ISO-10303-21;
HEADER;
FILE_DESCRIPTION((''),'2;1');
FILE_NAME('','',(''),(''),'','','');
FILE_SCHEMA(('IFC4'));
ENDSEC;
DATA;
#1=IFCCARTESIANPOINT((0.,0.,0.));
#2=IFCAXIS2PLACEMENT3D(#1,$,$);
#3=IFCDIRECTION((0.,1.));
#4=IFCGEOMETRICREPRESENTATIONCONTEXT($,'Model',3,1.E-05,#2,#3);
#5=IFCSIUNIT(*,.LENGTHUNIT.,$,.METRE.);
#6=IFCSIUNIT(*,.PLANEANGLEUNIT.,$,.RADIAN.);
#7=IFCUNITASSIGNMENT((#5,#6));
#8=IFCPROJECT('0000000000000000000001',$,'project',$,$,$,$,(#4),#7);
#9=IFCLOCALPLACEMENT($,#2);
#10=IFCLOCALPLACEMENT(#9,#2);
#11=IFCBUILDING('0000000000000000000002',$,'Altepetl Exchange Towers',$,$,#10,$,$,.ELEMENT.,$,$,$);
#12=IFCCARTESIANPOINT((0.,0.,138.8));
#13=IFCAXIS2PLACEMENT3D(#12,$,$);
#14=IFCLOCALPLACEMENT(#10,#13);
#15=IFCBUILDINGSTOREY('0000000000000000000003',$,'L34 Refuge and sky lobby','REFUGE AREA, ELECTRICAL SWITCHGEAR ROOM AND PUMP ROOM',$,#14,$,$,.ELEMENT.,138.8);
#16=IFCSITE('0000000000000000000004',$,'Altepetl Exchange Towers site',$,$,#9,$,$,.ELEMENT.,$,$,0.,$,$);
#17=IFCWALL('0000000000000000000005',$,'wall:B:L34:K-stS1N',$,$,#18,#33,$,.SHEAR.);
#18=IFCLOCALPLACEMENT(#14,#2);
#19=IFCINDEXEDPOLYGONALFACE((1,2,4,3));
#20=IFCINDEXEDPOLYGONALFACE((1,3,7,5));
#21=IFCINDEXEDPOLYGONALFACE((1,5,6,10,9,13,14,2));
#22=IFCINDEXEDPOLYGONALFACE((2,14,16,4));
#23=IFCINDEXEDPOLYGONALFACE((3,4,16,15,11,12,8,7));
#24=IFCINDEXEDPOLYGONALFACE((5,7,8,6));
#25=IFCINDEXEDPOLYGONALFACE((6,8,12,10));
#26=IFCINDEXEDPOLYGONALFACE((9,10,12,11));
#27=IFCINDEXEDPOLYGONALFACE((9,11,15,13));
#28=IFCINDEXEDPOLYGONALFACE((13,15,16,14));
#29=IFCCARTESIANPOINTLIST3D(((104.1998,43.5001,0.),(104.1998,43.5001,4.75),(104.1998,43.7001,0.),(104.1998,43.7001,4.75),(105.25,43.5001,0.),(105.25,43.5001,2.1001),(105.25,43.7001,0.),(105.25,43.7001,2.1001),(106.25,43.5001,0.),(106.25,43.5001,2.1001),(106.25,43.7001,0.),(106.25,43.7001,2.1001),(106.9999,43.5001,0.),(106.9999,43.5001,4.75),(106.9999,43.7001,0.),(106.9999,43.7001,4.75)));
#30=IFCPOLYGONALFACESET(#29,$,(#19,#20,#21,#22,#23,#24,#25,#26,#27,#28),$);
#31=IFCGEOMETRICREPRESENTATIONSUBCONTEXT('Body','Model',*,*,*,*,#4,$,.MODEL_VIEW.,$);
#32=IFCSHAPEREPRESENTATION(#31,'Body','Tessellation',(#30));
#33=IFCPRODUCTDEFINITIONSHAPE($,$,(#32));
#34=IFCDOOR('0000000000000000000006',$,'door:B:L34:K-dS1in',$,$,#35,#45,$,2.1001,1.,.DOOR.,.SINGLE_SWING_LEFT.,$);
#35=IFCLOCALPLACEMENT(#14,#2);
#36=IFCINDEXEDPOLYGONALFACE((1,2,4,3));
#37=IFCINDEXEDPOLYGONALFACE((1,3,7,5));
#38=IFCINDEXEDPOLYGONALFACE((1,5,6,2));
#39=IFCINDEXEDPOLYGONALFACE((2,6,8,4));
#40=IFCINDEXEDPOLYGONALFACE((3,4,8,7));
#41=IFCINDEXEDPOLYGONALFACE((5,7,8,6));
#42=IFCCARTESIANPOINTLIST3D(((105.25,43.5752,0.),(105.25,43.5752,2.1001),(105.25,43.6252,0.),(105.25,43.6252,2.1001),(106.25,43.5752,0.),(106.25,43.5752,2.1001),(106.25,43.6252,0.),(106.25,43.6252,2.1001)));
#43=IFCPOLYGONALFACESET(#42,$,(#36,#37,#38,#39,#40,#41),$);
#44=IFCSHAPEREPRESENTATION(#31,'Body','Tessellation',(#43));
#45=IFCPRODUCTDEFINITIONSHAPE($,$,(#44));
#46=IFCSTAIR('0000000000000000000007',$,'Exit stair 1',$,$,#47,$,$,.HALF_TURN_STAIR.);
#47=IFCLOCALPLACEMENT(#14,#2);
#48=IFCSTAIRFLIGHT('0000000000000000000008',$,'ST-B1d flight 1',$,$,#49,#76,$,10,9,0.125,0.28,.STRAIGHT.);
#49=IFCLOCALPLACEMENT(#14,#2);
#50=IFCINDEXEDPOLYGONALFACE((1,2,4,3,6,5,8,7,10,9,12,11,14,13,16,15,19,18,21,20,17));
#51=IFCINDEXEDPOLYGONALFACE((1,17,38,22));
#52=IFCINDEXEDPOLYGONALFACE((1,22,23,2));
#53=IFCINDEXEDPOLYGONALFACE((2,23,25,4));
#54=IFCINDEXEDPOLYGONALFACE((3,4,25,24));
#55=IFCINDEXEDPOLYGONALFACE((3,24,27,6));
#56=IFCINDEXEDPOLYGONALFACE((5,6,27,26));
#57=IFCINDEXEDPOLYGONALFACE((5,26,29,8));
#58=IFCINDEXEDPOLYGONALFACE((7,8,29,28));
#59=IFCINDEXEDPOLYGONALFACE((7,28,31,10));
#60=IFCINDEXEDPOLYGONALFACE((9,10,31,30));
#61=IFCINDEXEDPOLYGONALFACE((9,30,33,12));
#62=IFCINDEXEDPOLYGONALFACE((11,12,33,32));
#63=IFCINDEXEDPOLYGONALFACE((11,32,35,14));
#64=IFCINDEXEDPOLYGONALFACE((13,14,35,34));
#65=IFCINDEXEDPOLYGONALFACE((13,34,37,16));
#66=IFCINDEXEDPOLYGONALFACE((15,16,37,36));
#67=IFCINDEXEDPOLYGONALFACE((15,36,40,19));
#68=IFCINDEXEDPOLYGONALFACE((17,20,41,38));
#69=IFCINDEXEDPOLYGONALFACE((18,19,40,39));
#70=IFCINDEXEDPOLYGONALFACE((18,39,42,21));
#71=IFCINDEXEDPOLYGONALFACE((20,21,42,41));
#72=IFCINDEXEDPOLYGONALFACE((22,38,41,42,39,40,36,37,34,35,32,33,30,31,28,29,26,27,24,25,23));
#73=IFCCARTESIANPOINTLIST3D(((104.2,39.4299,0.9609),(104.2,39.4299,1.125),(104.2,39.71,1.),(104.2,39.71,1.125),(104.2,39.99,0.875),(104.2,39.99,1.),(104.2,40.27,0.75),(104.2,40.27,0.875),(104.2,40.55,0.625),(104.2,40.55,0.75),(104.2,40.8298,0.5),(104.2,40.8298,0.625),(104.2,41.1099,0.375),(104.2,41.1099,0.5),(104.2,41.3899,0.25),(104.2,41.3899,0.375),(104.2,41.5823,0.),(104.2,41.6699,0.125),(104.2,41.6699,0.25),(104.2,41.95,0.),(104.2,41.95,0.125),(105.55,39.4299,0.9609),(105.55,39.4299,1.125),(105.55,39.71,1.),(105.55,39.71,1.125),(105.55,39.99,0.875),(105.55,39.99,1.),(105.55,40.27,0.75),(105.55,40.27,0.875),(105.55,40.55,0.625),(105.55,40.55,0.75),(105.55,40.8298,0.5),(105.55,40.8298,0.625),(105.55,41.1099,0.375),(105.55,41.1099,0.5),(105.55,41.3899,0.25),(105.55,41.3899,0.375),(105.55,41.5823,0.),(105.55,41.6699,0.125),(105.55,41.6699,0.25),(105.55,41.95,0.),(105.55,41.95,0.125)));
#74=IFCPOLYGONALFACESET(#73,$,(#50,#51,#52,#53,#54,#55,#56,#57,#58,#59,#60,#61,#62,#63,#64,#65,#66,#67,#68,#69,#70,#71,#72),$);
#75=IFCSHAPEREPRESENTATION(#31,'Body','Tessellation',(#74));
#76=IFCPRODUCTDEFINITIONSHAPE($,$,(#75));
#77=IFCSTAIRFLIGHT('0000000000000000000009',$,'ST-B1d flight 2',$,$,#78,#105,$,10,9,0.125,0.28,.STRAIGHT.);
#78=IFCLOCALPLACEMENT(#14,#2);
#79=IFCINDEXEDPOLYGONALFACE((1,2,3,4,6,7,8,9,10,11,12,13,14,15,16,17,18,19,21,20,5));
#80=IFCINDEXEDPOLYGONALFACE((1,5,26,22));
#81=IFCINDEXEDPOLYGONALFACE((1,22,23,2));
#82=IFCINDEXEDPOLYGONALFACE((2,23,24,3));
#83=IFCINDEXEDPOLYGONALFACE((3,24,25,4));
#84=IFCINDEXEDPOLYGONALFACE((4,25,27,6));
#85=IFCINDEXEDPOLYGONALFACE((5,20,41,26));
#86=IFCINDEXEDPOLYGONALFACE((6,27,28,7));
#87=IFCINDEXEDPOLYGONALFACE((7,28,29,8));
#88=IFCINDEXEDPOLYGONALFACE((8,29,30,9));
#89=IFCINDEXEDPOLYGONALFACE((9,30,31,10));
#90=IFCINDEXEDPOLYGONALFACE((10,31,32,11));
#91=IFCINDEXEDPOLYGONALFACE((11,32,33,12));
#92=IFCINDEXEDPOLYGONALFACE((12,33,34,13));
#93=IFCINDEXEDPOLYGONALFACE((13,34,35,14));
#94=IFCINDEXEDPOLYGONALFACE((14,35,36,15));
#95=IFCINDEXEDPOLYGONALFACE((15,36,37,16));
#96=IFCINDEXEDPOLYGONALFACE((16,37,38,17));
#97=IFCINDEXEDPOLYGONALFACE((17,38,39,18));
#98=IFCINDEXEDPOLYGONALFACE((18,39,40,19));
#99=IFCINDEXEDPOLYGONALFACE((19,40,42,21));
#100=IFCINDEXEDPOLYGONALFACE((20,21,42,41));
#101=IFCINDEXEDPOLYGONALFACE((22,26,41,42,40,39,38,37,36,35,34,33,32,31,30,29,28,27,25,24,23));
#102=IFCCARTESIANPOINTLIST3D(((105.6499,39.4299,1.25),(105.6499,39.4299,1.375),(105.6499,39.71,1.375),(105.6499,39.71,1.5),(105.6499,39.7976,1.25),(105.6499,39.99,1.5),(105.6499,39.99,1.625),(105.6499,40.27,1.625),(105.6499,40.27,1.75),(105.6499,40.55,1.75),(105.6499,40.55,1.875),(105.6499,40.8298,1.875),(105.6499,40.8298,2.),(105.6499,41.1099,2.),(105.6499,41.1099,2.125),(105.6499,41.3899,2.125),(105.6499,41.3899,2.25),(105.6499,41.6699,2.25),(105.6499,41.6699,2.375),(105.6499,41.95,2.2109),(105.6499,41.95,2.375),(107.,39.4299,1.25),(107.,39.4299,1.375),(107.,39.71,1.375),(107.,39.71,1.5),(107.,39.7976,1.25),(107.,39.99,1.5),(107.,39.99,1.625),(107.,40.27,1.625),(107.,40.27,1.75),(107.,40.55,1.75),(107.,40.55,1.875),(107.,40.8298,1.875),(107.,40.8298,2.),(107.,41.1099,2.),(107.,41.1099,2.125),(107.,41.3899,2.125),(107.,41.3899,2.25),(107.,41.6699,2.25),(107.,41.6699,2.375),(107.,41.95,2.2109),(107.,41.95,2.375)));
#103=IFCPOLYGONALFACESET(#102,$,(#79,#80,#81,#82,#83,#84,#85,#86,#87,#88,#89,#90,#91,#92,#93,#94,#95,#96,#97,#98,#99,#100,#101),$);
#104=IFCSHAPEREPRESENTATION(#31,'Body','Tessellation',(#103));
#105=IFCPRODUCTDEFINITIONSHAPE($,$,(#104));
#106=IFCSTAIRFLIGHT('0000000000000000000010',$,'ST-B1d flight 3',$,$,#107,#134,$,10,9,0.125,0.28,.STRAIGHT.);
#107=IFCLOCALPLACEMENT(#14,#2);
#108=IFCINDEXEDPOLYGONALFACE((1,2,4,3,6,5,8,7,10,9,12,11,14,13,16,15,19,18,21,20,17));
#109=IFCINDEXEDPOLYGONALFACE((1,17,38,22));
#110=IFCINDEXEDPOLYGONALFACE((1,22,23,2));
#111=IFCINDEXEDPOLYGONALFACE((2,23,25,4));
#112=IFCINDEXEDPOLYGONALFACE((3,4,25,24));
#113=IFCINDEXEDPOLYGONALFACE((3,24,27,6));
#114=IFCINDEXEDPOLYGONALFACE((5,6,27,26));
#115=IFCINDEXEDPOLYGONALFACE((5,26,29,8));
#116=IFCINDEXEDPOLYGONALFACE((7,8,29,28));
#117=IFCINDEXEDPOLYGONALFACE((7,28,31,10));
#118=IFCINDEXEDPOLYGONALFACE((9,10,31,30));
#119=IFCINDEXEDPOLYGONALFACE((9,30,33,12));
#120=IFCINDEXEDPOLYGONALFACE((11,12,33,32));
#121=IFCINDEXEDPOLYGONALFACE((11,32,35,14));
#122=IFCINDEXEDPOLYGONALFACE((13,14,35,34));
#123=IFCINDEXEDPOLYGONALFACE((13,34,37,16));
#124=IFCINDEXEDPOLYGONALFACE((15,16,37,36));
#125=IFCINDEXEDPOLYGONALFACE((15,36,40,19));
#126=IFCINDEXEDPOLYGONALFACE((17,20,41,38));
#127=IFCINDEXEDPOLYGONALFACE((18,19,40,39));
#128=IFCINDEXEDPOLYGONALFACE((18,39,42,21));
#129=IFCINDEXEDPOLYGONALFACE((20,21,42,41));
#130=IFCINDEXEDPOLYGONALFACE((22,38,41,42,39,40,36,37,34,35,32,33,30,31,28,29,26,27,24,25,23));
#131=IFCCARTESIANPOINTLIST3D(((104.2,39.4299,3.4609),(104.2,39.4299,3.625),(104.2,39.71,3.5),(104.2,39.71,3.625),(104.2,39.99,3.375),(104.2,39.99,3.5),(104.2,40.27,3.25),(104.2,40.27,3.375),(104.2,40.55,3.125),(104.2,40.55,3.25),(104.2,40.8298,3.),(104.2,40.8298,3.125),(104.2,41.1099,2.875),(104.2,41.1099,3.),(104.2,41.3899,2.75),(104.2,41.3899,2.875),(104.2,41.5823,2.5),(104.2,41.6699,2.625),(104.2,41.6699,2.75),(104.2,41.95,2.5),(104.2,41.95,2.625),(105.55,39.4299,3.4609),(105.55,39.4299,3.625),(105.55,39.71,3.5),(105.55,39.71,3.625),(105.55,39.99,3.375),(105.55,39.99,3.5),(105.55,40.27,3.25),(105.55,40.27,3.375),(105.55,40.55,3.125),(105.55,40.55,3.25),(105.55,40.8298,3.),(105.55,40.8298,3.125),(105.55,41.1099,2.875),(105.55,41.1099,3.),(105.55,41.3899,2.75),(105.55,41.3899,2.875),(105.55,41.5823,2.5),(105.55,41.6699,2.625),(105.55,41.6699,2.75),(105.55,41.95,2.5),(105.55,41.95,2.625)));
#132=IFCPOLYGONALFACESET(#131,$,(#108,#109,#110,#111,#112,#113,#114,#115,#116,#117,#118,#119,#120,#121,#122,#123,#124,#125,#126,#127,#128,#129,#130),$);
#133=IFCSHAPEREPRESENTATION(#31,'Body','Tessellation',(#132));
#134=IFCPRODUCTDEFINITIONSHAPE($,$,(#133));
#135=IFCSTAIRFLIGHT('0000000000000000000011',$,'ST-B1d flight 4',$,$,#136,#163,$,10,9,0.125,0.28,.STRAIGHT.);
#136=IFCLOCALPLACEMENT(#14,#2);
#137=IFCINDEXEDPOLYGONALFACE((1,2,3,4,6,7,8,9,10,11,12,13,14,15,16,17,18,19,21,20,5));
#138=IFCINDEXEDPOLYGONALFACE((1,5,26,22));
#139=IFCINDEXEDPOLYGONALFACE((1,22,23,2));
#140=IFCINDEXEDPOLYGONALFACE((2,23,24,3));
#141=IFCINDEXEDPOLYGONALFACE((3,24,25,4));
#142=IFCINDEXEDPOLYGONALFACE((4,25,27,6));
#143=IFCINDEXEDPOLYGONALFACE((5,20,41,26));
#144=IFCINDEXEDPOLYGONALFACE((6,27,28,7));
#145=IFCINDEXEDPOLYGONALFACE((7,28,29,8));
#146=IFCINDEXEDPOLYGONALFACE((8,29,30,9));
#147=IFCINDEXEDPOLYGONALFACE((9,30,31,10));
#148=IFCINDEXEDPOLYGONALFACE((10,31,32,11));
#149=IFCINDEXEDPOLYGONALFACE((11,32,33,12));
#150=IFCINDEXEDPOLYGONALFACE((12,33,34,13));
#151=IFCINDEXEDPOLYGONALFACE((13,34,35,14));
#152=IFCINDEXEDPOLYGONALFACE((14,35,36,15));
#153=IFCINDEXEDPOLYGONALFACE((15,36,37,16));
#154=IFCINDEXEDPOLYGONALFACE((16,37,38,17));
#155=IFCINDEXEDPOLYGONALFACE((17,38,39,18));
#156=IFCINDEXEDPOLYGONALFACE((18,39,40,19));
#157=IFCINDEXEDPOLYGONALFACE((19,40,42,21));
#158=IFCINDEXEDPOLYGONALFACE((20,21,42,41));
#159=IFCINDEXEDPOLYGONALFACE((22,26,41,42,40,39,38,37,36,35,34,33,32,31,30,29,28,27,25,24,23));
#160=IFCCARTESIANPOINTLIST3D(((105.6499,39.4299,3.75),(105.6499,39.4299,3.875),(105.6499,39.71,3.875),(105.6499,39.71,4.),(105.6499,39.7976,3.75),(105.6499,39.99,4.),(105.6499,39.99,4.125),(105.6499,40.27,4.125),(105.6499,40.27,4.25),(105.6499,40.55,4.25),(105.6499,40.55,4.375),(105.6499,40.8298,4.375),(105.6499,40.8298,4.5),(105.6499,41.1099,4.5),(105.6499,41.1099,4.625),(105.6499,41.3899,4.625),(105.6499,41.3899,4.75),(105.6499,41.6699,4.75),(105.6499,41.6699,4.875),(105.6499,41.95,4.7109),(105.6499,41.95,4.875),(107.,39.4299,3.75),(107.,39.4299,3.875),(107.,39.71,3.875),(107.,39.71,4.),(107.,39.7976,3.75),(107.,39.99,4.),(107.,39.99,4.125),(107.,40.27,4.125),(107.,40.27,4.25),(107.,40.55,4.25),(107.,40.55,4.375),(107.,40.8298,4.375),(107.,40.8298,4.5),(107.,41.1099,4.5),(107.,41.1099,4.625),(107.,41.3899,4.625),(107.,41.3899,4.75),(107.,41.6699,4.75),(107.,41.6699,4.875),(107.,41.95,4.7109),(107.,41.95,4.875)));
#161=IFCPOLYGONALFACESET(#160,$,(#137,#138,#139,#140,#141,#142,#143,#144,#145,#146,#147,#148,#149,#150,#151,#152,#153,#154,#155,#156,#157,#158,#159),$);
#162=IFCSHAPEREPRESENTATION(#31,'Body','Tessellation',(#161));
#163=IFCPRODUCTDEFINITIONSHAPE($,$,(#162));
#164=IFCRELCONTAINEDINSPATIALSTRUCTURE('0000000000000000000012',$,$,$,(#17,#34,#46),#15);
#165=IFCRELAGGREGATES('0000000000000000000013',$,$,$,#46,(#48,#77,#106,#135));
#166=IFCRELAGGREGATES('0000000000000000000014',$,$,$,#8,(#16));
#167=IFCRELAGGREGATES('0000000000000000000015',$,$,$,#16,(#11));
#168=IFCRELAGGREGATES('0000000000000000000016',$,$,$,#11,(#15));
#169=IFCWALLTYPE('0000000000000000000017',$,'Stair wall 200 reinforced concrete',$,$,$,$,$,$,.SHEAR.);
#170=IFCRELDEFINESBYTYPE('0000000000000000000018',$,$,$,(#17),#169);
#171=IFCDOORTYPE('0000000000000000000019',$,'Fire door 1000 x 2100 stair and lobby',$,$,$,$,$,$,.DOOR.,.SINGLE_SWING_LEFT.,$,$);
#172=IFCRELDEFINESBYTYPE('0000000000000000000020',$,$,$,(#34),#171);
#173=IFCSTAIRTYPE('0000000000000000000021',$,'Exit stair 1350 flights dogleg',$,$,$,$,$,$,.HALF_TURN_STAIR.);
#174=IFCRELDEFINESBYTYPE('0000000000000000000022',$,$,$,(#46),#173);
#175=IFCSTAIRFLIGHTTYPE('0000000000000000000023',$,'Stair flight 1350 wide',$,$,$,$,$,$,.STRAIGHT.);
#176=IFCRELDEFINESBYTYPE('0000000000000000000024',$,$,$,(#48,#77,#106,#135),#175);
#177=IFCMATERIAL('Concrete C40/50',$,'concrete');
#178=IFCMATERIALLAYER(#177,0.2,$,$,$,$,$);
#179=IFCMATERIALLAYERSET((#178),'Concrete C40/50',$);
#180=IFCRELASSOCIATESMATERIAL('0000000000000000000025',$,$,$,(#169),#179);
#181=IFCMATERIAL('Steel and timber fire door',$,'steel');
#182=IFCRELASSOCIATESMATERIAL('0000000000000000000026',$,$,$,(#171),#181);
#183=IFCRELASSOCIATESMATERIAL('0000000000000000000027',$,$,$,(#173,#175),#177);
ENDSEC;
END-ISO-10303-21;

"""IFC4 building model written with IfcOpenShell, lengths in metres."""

from ifc_helpers import new_model, si_unit, direction, frame, frame_2d, origin, place, context, subcontext, project, spatial, polyline, rectangle, outline, extrude, material, layer, layer_set, type_object, element, fill, aggregate, save


model = new_model("IFC4")

# Units and contexts
model_context = context("Model", 3, precision=1e-05, world=origin(), true_north=direction((0.0, 1.0)))
body_context = subcontext(model_context, "Body", "Model", "MODEL_VIEW")
ifc_project = project(units=[si_unit("LENGTHUNIT", "METRE"), si_unit("PLANEANGLEUNIT", "RADIAN")], contexts=[model_context])

# Site, building, storey
site_placement = place(None, origin())
site = spatial("IfcSite", under=ifc_project, at=site_placement, Name="Altepetl Exchange Towers site", CompositionType="ELEMENT", RefElevation=0.0)
building_placement = place(site_placement, origin())
building = spatial("IfcBuilding", under=site, at=building_placement, Name="Altepetl Exchange Towers", CompositionType="ELEMENT")
storey_placement = place(building_placement, frame((0.0, 0.0, 138.8)))
storey = spatial("IfcBuildingStorey", under=building, at=storey_placement, Name="L34 Refuge and sky lobby", Description="REFUGE AREA, ELECTRICAL SWITCHGEAR ROOM AND PUMP ROOM", CompositionType="ELEMENT", Elevation=138.8)

# Shared definitions
ifc_material_1 = material(Name="Steel and timber fire door", Category="steel")

# Shared definitions
ifc_material_2 = material(Name="Concrete C40/50", Category="concrete")

# Wall, opening, door
ifc_layer_1 = layer(ifc_material_2, 0.2)
ifc_layer_set_1 = layer_set([ifc_layer_1], Name="Concrete C40/50")
wall_type_1 = type_object("IfcWallType", Name="Stair wall 200 reinforced concrete", PredefinedType="SHEAR", material=ifc_layer_set_1)
wall_1_placement = place(storey_placement, frame((104.2, 43.6001, 0.0)))
wall_1 = element("IfcWall", 1, at=wall_1_placement, inside=storey, type_object=wall_type_1, Name="wall:B:L34:K-stS1N", PredefinedType="SHEAR", context=body_context, shape_type="SweptSolid", body=[
    extrude(rectangle(XDim=2.8, YDim=0.2, at=frame_2d((1.3999, 0.0))), origin(), (0.0, 0.0, 1.0), 4.75),
])
opening_1_placement = place(wall_1_placement, frame((1.05, 0.0, 0.0)))
opening_1 = element("IfcOpeningElement", 2, at=opening_1_placement, cuts=wall_1, PredefinedType="OPENING", context=body_context, shape_type="SweptSolid", body=[
    extrude(rectangle(XDim=1.0, YDim=2.1001, at=frame_2d((0.5, 1.05))), frame((0.0, 0.1099, 0.0), z_axis=(0.0, -1.0, 0.0), x_axis=(1.0, 0.0, 0.0)), (0.0, 0.0, 1.0), 0.22),
])
door_type_1 = type_object("IfcDoorType", Name="Fire door 1000 x 2100 stair and lobby", OperationType="SINGLE_SWING_LEFT", PredefinedType="DOOR", material=ifc_material_1)
door_1_placement = place(opening_1_placement, frame((1.0, 0.0, 0.0), x_axis=(-1.0, 0.0, 0.0)))
door_1 = element("IfcDoor", 3, at=door_1_placement, inside=storey, type_object=door_type_1, Name="door:B:L34:K-dS1in", OperationType="SINGLE_SWING_LEFT", OverallHeight=2.1001, OverallWidth=1.0, PredefinedType="DOOR", context=body_context, shape_type="SweptSolid", body=[
    extrude(rectangle(XDim=1.0, YDim=2.1001, at=frame_2d((0.5, 1.05))), frame((0.0, 0.0249, 0.0), z_axis=(0.0, -1.0, 0.0), x_axis=(1.0, 0.0, 0.0)), (0.0, 0.0, 1.0), 0.05),
])
fill(opening_1, door_1)

# Stair, stair flights
stair_type = type_object("IfcStairType", Name="Exit stair 1350 flights dogleg", PredefinedType="HALF_TURN_STAIR", material=ifc_material_2)
stair_placement = place(storey_placement, origin())
stair = element("IfcStair", 4, at=stair_placement, inside=storey, type_object=stair_type, Name="Exit stair 1", PredefinedType="HALF_TURN_STAIR")
stair_flight_type = type_object("IfcStairFlightType", Name="Stair flight 1350 wide", PredefinedType="STRAIGHT", material=ifc_material_2)
stair_flight_1_placement = place(storey_placement, frame((104.875, 41.95, 0.0), z_axis=(0.0, 0.0, 1.0), x_axis=(0.0, -1.0, 0.0)))
stair_flight_1 = element("IfcStairFlight", 5, at=stair_flight_1_placement, type_object=stair_flight_type, Name="ST-B1d flight 1", NumberOfRisers=10, NumberOfTreads=9, PredefinedType="STRAIGHT", RiserHeight=0.125, TreadLength=0.28, context=body_context, shape_type="SweptSolid", body=[
    extrude(outline(polyline([(0.0, 0.0), (0.0, 0.125), (0.28, 0.125), (0.28, 0.25), (0.5601, 0.25), (0.5601, 0.375), (0.8401, 0.375), (0.8401, 0.5), (1.1201, 0.5), (1.1201, 0.625), (1.3999, 0.625), (1.3999, 0.75), (1.6799, 0.75), (1.6799, 0.875), (1.96, 0.875), (1.96, 1.0), (2.24, 1.0), (2.24, 1.125), (2.52, 1.125), (2.52, 1.25), (2.52, 0.9609), (0.3677, 0.0), (0.0, 0.0)])), frame((0.0, 0.675, 0.0), z_axis=(0.0, -1.0, 0.0), x_axis=(1.0, 0.0, 0.0)), (0.0, 0.0, 1.0), 1.3501),
])
stair_flight_2_placement = place(storey_placement, frame((106.325, 39.4299, 1.25), z_axis=(0.0, 0.0, 1.0), x_axis=(0.0, 1.0, 0.0)))
stair_flight_2 = element("IfcStairFlight", 6, at=stair_flight_2_placement, type_object=stair_flight_type, Name="ST-B1d flight 2", NumberOfRisers=10, NumberOfTreads=9, PredefinedType="STRAIGHT", RiserHeight=0.125, TreadLength=0.28, context=body_context, shape_type="SweptSolid", body=[
    extrude(outline(polyline([(0.0, 0.0), (0.0, 0.125), (0.28, 0.125), (0.28, 0.25), (0.5601, 0.25), (0.5601, 0.375), (0.8401, 0.375), (0.8401, 0.5), (1.1201, 0.5), (1.1201, 0.625), (1.3999, 0.625), (1.3999, 0.75), (1.6799, 0.75), (1.6799, 0.875), (1.96, 0.875), (1.96, 1.0), (2.24, 1.0), (2.24, 1.125), (2.52, 1.125), (2.52, 1.25), (2.52, 0.9609), (0.3677, 0.0), (0.0, 0.0)])), frame((0.0, 0.675, 0.0), z_axis=(0.0, -1.0, 0.0), x_axis=(1.0, 0.0, 0.0)), (0.0, 0.0, 1.0), 1.3501),
])
stair_flight_3_placement = place(storey_placement, frame((104.875, 41.95, 2.5), z_axis=(0.0, 0.0, 1.0), x_axis=(0.0, -1.0, 0.0)))
stair_flight_3 = element("IfcStairFlight", 7, at=stair_flight_3_placement, type_object=stair_flight_type, Name="ST-B1d flight 3", NumberOfRisers=10, NumberOfTreads=9, PredefinedType="STRAIGHT", RiserHeight=0.125, TreadLength=0.28, context=body_context, shape_type="SweptSolid", body=[
    extrude(outline(polyline([(0.0, 0.0), (0.0, 0.125), (0.28, 0.125), (0.28, 0.25), (0.5601, 0.25), (0.5601, 0.375), (0.8401, 0.375), (0.8401, 0.5), (1.1201, 0.5), (1.1201, 0.625), (1.3999, 0.625), (1.3999, 0.75), (1.6799, 0.75), (1.6799, 0.875), (1.96, 0.875), (1.96, 1.0), (2.24, 1.0), (2.24, 1.125), (2.52, 1.125), (2.52, 1.25), (2.52, 0.9609), (0.3677, 0.0), (0.0, 0.0)])), frame((0.0, 0.675, 0.0), z_axis=(0.0, -1.0, 0.0), x_axis=(1.0, 0.0, 0.0)), (0.0, 0.0, 1.0), 1.3501),
])
stair_flight_4_placement = place(storey_placement, frame((106.325, 39.4299, 3.75), z_axis=(0.0, 0.0, 1.0), x_axis=(0.0, 1.0, 0.0)))
stair_flight_4 = element("IfcStairFlight", 8, at=stair_flight_4_placement, type_object=stair_flight_type, Name="ST-B1d flight 4", NumberOfRisers=10, NumberOfTreads=9, PredefinedType="STRAIGHT", RiserHeight=0.125, TreadLength=0.28, context=body_context, shape_type="SweptSolid", body=[
    extrude(outline(polyline([(0.0, 0.0), (0.0, 0.125), (0.28, 0.125), (0.28, 0.25), (0.5601, 0.25), (0.5601, 0.375), (0.8401, 0.375), (0.8401, 0.5), (1.1201, 0.5), (1.1201, 0.625), (1.3999, 0.625), (1.3999, 0.75), (1.6799, 0.75), (1.6799, 0.875), (1.96, 0.875), (1.96, 1.0), (2.24, 1.0), (2.24, 1.125), (2.52, 1.125), (2.52, 1.25), (2.52, 0.9609), (0.3677, 0.0), (0.0, 0.0)])), frame((0.0, 0.675, 0.0), z_axis=(0.0, -1.0, 0.0), x_axis=(1.0, 0.0, 0.0)), (0.0, 0.0, 1.0), 1.3501),
])
aggregate(stair, [stair_flight_1, stair_flight_2, stair_flight_3, stair_flight_4])

save(model, "model.ifc")
